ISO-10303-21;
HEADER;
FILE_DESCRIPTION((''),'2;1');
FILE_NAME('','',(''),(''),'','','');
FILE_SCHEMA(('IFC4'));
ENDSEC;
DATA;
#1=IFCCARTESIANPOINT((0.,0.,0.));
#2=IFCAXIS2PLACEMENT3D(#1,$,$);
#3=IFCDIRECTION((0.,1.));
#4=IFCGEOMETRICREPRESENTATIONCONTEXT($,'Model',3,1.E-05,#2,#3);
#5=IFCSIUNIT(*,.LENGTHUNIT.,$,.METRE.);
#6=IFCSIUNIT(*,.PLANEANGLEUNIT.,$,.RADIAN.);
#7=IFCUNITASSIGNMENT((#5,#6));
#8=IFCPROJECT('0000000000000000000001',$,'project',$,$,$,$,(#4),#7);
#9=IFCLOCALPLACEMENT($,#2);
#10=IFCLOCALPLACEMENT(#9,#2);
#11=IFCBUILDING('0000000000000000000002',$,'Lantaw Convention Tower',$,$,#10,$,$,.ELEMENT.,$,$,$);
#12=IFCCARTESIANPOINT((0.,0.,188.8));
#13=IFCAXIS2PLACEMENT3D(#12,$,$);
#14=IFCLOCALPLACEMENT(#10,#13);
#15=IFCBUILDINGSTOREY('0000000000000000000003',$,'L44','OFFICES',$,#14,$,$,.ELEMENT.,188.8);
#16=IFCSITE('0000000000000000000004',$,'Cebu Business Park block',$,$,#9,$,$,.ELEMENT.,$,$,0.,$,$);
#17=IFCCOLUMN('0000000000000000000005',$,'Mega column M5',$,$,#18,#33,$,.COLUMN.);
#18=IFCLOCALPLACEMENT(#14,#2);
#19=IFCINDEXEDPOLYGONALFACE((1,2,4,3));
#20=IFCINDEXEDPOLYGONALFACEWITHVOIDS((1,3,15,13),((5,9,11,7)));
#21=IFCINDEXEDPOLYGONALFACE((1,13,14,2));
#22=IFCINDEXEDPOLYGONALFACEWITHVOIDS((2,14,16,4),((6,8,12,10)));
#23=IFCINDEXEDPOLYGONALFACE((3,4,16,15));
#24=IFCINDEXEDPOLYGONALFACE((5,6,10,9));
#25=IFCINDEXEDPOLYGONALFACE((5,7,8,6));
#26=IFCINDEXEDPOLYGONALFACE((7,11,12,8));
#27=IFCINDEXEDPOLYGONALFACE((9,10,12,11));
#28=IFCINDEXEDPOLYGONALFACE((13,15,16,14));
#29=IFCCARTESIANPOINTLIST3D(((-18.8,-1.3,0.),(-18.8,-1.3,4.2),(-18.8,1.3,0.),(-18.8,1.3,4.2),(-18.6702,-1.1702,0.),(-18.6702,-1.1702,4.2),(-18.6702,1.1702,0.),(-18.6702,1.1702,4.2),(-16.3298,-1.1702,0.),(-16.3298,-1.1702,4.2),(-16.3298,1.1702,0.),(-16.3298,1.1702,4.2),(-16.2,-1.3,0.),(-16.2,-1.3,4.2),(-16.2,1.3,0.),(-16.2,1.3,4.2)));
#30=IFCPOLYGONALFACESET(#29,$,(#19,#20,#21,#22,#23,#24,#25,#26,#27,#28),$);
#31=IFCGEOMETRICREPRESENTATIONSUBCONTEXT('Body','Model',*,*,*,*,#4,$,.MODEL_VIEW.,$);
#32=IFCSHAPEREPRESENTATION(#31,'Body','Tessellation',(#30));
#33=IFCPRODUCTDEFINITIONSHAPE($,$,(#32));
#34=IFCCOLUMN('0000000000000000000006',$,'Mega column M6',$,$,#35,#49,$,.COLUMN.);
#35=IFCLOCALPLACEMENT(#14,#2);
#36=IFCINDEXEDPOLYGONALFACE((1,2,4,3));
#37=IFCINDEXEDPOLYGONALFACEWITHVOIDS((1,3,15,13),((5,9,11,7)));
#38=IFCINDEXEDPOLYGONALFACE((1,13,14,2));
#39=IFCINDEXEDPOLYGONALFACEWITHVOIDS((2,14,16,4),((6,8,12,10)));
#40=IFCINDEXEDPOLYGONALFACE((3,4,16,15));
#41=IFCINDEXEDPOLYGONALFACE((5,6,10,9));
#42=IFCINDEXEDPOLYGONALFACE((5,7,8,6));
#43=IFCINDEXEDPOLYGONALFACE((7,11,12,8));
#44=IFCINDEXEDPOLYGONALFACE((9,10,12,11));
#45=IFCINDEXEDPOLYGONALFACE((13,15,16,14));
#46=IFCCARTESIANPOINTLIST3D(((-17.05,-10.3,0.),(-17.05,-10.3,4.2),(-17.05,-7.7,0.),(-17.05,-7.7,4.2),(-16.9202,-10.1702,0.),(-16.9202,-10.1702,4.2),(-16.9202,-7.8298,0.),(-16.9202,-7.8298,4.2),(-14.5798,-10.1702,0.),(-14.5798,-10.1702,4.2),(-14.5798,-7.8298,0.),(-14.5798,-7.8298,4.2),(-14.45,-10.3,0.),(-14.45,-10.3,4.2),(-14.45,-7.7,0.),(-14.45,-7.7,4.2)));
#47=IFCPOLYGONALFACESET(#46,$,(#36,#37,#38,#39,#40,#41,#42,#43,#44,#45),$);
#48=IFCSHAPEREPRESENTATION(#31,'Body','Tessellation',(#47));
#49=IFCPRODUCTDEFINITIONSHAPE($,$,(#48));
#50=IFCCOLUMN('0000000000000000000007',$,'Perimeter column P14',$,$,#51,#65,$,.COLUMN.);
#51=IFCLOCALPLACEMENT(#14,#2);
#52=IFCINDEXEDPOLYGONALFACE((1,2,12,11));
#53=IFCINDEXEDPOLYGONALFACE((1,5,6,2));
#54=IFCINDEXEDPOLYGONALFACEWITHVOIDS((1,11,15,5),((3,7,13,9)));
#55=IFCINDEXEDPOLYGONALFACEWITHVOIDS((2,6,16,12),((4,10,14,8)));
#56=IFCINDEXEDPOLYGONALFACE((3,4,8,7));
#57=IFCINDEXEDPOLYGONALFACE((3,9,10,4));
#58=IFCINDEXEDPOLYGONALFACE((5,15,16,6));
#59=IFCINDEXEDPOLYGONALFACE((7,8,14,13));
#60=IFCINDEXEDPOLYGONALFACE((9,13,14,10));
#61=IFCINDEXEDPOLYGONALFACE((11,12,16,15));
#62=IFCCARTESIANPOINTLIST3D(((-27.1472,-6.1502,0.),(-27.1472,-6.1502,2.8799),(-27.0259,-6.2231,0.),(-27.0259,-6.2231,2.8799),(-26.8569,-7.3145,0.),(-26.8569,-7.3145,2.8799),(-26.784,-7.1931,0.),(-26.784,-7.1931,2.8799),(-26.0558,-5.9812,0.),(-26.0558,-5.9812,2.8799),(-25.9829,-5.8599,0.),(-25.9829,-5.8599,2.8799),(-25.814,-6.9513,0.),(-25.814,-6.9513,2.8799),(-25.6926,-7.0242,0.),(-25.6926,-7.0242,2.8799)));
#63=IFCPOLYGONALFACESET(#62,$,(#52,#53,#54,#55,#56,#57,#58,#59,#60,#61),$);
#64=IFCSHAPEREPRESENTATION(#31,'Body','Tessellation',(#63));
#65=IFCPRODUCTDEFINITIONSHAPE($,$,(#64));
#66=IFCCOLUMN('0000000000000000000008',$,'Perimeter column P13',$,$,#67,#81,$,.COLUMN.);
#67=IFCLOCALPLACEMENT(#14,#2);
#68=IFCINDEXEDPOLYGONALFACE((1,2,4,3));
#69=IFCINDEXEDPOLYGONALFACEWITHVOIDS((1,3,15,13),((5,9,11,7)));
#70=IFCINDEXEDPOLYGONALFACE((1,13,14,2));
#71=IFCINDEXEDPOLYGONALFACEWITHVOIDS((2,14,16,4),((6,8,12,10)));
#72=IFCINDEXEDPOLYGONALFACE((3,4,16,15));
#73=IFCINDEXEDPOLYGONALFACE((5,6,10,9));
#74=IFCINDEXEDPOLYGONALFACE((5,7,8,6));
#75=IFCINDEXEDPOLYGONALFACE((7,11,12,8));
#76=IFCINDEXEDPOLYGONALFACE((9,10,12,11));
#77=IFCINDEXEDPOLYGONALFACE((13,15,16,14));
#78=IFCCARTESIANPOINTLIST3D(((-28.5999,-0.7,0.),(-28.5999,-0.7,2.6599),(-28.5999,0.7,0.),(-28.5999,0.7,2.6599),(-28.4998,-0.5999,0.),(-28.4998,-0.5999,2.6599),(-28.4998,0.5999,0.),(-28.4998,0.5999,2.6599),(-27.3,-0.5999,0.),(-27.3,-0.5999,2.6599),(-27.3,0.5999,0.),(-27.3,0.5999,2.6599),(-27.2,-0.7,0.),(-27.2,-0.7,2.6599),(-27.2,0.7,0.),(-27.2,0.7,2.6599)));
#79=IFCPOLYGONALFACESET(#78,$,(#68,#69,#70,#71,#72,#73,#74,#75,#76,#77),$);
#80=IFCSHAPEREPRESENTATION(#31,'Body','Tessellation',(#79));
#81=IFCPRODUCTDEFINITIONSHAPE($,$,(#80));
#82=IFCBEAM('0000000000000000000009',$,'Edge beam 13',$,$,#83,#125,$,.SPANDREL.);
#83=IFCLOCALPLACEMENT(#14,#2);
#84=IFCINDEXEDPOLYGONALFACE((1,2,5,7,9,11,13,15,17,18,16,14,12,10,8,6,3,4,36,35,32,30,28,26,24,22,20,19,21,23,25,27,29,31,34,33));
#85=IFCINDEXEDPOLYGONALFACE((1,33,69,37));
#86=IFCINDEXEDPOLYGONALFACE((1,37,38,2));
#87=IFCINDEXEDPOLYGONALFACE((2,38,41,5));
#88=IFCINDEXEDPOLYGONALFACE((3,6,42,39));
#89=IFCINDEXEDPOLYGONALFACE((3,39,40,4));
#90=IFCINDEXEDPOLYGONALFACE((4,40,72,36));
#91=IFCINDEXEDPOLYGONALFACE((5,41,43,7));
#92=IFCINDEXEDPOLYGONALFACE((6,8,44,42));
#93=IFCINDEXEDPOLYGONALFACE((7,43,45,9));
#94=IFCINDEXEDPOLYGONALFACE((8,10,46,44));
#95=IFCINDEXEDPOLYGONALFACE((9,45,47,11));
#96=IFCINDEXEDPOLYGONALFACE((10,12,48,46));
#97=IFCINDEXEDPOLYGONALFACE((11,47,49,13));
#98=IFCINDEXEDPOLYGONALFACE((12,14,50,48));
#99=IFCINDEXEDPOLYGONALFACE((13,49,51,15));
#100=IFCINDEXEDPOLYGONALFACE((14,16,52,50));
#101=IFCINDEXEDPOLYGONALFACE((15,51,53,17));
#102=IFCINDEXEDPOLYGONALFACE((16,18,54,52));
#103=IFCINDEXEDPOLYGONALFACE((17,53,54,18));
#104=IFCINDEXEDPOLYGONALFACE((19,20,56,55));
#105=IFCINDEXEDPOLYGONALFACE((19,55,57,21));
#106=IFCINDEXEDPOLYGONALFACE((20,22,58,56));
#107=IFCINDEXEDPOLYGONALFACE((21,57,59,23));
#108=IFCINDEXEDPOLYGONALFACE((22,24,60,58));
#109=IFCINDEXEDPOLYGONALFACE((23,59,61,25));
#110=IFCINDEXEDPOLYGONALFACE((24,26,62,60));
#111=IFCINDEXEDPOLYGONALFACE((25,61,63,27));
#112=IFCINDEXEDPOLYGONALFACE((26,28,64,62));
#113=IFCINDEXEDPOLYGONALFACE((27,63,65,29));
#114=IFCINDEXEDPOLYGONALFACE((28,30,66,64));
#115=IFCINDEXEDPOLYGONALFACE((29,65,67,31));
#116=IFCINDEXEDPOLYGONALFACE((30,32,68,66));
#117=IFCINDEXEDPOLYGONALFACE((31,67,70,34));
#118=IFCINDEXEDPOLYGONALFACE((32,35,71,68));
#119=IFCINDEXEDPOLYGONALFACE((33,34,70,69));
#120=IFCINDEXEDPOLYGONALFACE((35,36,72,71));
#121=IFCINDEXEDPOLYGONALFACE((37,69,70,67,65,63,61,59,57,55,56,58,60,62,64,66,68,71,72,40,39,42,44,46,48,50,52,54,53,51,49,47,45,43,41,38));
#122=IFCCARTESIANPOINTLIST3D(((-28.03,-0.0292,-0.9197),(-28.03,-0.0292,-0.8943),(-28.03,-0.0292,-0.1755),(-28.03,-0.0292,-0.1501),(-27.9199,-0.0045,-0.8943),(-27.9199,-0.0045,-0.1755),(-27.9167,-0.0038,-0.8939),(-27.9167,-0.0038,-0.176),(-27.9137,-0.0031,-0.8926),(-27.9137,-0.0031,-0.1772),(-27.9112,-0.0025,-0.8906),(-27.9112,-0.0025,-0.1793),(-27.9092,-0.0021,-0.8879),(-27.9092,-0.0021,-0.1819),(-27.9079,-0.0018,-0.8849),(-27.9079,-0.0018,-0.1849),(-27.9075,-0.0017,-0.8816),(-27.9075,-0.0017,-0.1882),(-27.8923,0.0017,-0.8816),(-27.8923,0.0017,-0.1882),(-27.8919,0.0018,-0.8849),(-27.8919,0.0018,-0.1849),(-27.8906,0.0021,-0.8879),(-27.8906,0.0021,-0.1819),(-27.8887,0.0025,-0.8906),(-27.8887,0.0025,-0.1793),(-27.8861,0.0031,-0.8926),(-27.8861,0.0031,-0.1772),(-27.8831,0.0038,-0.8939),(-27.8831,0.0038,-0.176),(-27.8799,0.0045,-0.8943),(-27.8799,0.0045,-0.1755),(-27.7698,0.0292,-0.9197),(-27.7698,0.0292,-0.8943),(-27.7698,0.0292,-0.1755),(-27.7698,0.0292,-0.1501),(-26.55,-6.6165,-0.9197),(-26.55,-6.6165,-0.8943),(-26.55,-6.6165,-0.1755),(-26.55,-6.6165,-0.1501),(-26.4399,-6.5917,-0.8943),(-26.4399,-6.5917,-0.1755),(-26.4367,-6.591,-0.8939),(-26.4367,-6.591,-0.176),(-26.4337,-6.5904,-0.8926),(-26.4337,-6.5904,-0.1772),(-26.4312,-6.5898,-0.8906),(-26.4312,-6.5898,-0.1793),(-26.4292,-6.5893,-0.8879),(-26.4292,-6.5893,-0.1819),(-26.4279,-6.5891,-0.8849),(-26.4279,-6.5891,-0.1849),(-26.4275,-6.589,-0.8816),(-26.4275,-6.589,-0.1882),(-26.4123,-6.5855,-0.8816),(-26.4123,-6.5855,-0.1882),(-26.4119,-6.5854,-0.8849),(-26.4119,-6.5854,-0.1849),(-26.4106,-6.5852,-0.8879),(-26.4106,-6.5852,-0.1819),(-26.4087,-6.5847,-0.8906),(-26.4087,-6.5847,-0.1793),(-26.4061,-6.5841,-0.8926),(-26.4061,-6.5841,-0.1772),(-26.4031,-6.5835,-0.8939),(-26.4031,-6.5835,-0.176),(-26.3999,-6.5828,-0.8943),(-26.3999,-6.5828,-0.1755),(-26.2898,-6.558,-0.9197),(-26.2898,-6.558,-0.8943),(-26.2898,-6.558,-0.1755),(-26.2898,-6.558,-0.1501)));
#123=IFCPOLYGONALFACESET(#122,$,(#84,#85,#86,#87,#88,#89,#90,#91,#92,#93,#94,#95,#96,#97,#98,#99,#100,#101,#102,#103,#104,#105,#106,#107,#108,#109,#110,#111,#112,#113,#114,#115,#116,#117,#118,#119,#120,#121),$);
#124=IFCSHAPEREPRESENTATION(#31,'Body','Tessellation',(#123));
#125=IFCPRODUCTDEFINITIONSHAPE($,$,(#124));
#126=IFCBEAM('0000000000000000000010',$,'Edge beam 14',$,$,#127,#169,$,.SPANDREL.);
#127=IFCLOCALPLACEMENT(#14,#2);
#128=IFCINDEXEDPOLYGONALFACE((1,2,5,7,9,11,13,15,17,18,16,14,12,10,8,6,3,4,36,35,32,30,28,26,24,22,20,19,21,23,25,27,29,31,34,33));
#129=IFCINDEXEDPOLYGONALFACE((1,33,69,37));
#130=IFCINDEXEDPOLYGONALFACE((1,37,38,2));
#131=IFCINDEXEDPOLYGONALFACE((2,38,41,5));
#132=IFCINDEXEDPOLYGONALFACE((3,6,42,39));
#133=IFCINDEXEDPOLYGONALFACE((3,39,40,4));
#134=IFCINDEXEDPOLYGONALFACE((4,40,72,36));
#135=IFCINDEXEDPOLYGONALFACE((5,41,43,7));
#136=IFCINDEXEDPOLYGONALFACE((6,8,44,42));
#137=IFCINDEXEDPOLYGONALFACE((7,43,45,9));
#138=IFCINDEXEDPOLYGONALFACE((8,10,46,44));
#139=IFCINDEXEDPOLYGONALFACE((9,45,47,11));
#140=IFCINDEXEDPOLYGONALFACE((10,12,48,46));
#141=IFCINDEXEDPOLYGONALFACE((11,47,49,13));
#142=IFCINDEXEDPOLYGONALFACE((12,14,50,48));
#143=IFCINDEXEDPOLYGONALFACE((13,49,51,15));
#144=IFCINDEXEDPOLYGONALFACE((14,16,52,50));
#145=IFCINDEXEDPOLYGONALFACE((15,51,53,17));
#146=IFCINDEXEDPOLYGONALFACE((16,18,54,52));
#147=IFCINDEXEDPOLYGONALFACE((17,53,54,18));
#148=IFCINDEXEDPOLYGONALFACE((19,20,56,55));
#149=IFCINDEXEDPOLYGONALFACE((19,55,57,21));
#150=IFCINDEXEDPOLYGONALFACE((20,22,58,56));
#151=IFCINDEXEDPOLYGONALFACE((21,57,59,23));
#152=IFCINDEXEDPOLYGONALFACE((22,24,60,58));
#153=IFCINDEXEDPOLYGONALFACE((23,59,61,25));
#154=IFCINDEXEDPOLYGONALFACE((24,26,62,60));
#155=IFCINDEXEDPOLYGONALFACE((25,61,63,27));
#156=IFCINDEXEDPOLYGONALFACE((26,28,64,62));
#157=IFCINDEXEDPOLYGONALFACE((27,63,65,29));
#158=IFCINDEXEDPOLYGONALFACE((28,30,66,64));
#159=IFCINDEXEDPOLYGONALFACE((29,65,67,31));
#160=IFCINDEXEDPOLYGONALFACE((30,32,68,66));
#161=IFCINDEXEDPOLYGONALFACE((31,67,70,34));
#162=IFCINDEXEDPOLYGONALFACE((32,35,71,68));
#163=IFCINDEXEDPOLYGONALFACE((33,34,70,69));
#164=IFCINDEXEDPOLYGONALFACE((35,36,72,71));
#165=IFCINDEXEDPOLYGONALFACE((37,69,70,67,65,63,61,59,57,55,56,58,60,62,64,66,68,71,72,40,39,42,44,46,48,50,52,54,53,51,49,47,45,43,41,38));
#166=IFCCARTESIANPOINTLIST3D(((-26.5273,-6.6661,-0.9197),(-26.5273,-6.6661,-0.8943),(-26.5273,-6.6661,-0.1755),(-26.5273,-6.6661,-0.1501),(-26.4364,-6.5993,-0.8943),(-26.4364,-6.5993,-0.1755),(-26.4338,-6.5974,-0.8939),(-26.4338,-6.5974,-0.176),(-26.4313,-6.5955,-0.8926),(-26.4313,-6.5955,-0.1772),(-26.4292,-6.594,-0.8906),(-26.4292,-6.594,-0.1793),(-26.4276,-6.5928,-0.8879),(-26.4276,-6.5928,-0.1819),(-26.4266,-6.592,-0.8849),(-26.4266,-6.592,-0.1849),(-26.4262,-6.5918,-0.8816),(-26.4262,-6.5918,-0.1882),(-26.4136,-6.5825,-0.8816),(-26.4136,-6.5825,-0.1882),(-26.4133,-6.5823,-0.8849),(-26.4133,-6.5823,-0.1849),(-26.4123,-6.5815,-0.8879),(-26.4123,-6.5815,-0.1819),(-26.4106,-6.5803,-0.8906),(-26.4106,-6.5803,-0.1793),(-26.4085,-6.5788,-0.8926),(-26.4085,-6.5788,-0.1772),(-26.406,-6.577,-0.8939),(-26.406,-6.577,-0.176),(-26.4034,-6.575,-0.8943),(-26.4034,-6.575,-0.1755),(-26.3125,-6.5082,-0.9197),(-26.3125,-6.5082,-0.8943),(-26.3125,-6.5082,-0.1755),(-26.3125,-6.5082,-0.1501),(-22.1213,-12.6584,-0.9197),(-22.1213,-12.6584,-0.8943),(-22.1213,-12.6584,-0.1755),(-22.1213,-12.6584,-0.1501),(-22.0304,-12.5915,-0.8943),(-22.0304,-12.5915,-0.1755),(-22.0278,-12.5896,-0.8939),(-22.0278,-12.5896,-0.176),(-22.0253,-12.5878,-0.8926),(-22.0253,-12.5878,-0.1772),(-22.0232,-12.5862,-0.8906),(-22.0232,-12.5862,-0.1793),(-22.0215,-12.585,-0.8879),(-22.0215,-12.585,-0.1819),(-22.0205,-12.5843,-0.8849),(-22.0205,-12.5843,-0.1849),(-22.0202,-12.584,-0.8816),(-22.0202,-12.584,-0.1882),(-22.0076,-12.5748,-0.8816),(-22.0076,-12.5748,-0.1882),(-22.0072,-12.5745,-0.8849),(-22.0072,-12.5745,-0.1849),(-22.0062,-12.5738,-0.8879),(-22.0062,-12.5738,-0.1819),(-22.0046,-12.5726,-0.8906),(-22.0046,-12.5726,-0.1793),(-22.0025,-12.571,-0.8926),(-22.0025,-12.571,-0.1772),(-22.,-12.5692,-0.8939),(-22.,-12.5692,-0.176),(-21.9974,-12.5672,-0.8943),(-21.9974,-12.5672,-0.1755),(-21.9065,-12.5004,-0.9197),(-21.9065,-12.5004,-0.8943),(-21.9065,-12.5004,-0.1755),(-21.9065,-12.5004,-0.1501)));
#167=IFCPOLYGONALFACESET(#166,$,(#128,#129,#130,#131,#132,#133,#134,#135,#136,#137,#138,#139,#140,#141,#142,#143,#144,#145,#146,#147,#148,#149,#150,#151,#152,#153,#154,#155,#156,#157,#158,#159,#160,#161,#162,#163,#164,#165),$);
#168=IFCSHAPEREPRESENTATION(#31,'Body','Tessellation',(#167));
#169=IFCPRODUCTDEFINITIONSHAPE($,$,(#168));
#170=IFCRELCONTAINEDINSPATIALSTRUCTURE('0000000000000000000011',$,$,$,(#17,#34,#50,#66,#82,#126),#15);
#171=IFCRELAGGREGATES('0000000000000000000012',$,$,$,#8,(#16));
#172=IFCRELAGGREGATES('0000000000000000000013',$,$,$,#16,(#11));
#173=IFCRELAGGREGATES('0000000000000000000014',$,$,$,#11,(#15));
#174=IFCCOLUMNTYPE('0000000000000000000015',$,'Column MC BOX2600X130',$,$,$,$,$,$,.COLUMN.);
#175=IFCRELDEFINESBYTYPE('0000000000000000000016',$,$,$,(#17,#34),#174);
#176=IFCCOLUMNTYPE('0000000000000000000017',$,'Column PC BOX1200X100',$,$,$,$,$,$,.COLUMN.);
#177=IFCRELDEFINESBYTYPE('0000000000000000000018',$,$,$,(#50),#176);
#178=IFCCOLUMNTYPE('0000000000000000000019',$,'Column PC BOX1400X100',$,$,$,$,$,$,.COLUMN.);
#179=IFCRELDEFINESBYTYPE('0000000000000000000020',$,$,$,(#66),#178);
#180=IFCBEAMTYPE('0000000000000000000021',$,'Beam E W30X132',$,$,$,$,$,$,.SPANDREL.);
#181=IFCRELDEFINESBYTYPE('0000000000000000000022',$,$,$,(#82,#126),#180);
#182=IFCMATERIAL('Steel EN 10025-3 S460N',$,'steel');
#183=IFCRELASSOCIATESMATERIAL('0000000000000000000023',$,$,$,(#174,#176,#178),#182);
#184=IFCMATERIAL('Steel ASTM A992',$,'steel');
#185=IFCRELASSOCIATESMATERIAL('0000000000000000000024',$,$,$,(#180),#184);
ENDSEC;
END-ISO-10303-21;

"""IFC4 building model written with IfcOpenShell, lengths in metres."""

from ifc_helpers import new_model, si_unit, direction, frame, origin, origin_2d, place, context, subcontext, project, spatial, rectangle, hollow_rectangle, i_section, extrude, material, material_profile, profile_set, type_object, element, save


model = new_model("IFC4")

# Units and contexts
model_context = context("Model", 3, precision=1e-05, world=origin(), true_north=direction((0.0, 1.0)))
body_context = subcontext(model_context, "Body", "Model", "MODEL_VIEW")
ifc_project = project(units=[si_unit("LENGTHUNIT", "METRE"), si_unit("PLANEANGLEUNIT", "RADIAN")], contexts=[model_context])

# Site, building, storey
site_placement = place(None, origin())
site = spatial("IfcSite", under=ifc_project, at=site_placement, Name="Cebu Business Park block", CompositionType="ELEMENT", RefElevation=0.0)
building_placement = place(site_placement, origin())
building = spatial("IfcBuilding", under=site, at=building_placement, Name="Lantaw Convention Tower", CompositionType="ELEMENT")
storey_placement = place(building_placement, frame((0.0, 0.0, 188.8)))
storey = spatial("IfcBuildingStorey", under=building, at=storey_placement, Name="L44", Description="OFFICES", CompositionType="ELEMENT", Elevation=188.8)

# Columns
ifc_material_1 = material(Name="Steel EN 10025-3 S460N", Category="steel")
ifc_material_profile_1 = material_profile(ifc_material_1, hollow_rectangle(XDim=2.6001, YDim=2.6001, WallThickness=0.1299, at=origin_2d()), Name="BOX2600X130")
ifc_material_2 = material(Name="Concrete C60/75", Category="concrete")
ifc_material_profile_2 = material_profile(ifc_material_2, rectangle(XDim=2.3401, YDim=2.3401, at=origin_2d()), Name="Concrete fill of BOX2600X130")
ifc_profile_set_1 = profile_set([ifc_material_profile_1, ifc_material_profile_2], Name="Steel EN 10025-3 S460N")
column_type_1 = type_object("IfcColumnType", Name="Column MC BOX2600X130", PredefinedType="COLUMN", material=ifc_profile_set_1)
for number, where, z_axis, x_axis, name in (
    (1, (-17.5, 0.0, 0.0), (0.0, 0.0, 1.0), (1.0, 0.0, 0.0), "Mega column M5"),
    (2, (-15.75, -9.0, 0.0), (0.0, 0.0, 1.0), (1.0, 0.0, 0.0), "Mega column M6"),
):
    element("IfcColumn", number, at=place(storey_placement, frame(where, z_axis=z_axis, x_axis=x_axis)), inside=storey, type_object=column_type_1, Name=name, PredefinedType="COLUMN", context=body_context, shape_type="SweptSolid", body=[
        extrude(hollow_rectangle(XDim=2.6001, YDim=2.6001, WallThickness=0.1299, at=origin_2d()), origin(), (0.0, 0.0, 1.0), 4.2),
    ])
ifc_material_profile_3 = material_profile(ifc_material_1, hollow_rectangle(XDim=1.2, YDim=1.2, WallThickness=0.1001, at=origin_2d()), Name="BOX1200X100")
ifc_material_profile_4 = material_profile(ifc_material_2, rectangle(XDim=1.0, YDim=1.0, at=origin_2d()), Name="Concrete fill of BOX1200X100")
ifc_profile_set_2 = profile_set([ifc_material_profile_3, ifc_material_profile_4], Name="Steel EN 10025-3 S460N")
column_type_2 = type_object("IfcColumnType", Name="Column PC BOX1200X100", PredefinedType="COLUMN", material=ifc_profile_set_2)
column_1_placement = place(storey_placement, frame((-26.4199, -6.5872, 0.0), z_axis=(0.0, 0.0, 1.0), x_axis=(0.970296, 0.241922, 0.0)))
element("IfcColumn", 3, at=column_1_placement, inside=storey, type_object=column_type_2, Name="Perimeter column P14", PredefinedType="COLUMN", context=body_context, shape_type="SweptSolid", body=[
    extrude(hollow_rectangle(XDim=1.2, YDim=1.2, WallThickness=0.1001, at=origin_2d()), origin(), (0.0, 0.0, 1.0), 2.8799),
])
ifc_material_profile_5 = material_profile(ifc_material_1, hollow_rectangle(XDim=1.3999, YDim=1.3999, WallThickness=0.1001, at=origin_2d()), Name="BOX1400X100")
ifc_material_profile_6 = material_profile(ifc_material_2, rectangle(XDim=1.2, YDim=1.2, at=origin_2d()), Name="Concrete fill of BOX1400X100")
ifc_profile_set_3 = profile_set([ifc_material_profile_5, ifc_material_profile_6], Name="Steel EN 10025-3 S460N")
column_type_3 = type_object("IfcColumnType", Name="Column PC BOX1400X100", PredefinedType="COLUMN", material=ifc_profile_set_3)
column_2_placement = place(storey_placement, frame((-27.8999, 0.0, 0.0), z_axis=(0.0, 0.0, 1.0), x_axis=(1.0, 0.0, 0.0)))
element("IfcColumn", 4, at=column_2_placement, inside=storey, type_object=column_type_3, Name="Perimeter column P13", PredefinedType="COLUMN", context=body_context, shape_type="SweptSolid", body=[
    extrude(hollow_rectangle(XDim=1.3999, YDim=1.3999, WallThickness=0.1001, at=origin_2d()), origin(), (0.0, 0.0, 1.0), 2.6599),
])

# Beams
ifc_material_3 = material(Name="Steel ASTM A992", Category="steel")
ifc_material_profile_7 = material_profile(ifc_material_3, i_section(OverallWidth=0.2666, OverallDepth=0.7695, WebThickness=0.0156, FlangeThickness=0.0254, FilletRadius=0.0127, at=origin_2d()), Name="W30X132")
ifc_profile_set_4 = profile_set([ifc_material_profile_7], Name="Steel ASTM A992")
beam_type_1 = type_object("IfcBeamType", Name="Beam E W30X132", PredefinedType="SPANDREL", material=ifc_profile_set_4)
beam_1_placement = place(storey_placement, frame((-27.8999, 0.0, -0.5349), z_axis=(0.219212, -0.975677, 0.0), x_axis=(0.975677, 0.219212, 0.0)))
element("IfcBeam", 5, at=beam_1_placement, inside=storey, type_object=beam_type_1, Name="Edge beam 13", PredefinedType="SPANDREL", context=body_context, shape_type="SweptSolid", body=[
    extrude(i_section(OverallWidth=0.2666, OverallDepth=0.7695, WebThickness=0.0156, FlangeThickness=0.0254, FilletRadius=0.0127, at=origin_2d()), origin(), (0.0, 0.0, 1.0), 6.7515),
])
beam_2_placement = place(storey_placement, frame((-26.4199, -6.5872, -0.5349), z_axis=(0.592389, -0.805652, 0.0), x_axis=(0.805652, 0.592389, 0.0)))
element("IfcBeam", 6, at=beam_2_placement, inside=storey, type_object=beam_type_1, Name="Edge beam 14", PredefinedType="SPANDREL", context=body_context, shape_type="SweptSolid", body=[
    extrude(i_section(OverallWidth=0.2666, OverallDepth=0.7695, WebThickness=0.0156, FlangeThickness=0.0254, FilletRadius=0.0127, at=origin_2d()), origin(), (0.0, 0.0, 1.0), 7.4377),
])

save(model, "model.ifc")
